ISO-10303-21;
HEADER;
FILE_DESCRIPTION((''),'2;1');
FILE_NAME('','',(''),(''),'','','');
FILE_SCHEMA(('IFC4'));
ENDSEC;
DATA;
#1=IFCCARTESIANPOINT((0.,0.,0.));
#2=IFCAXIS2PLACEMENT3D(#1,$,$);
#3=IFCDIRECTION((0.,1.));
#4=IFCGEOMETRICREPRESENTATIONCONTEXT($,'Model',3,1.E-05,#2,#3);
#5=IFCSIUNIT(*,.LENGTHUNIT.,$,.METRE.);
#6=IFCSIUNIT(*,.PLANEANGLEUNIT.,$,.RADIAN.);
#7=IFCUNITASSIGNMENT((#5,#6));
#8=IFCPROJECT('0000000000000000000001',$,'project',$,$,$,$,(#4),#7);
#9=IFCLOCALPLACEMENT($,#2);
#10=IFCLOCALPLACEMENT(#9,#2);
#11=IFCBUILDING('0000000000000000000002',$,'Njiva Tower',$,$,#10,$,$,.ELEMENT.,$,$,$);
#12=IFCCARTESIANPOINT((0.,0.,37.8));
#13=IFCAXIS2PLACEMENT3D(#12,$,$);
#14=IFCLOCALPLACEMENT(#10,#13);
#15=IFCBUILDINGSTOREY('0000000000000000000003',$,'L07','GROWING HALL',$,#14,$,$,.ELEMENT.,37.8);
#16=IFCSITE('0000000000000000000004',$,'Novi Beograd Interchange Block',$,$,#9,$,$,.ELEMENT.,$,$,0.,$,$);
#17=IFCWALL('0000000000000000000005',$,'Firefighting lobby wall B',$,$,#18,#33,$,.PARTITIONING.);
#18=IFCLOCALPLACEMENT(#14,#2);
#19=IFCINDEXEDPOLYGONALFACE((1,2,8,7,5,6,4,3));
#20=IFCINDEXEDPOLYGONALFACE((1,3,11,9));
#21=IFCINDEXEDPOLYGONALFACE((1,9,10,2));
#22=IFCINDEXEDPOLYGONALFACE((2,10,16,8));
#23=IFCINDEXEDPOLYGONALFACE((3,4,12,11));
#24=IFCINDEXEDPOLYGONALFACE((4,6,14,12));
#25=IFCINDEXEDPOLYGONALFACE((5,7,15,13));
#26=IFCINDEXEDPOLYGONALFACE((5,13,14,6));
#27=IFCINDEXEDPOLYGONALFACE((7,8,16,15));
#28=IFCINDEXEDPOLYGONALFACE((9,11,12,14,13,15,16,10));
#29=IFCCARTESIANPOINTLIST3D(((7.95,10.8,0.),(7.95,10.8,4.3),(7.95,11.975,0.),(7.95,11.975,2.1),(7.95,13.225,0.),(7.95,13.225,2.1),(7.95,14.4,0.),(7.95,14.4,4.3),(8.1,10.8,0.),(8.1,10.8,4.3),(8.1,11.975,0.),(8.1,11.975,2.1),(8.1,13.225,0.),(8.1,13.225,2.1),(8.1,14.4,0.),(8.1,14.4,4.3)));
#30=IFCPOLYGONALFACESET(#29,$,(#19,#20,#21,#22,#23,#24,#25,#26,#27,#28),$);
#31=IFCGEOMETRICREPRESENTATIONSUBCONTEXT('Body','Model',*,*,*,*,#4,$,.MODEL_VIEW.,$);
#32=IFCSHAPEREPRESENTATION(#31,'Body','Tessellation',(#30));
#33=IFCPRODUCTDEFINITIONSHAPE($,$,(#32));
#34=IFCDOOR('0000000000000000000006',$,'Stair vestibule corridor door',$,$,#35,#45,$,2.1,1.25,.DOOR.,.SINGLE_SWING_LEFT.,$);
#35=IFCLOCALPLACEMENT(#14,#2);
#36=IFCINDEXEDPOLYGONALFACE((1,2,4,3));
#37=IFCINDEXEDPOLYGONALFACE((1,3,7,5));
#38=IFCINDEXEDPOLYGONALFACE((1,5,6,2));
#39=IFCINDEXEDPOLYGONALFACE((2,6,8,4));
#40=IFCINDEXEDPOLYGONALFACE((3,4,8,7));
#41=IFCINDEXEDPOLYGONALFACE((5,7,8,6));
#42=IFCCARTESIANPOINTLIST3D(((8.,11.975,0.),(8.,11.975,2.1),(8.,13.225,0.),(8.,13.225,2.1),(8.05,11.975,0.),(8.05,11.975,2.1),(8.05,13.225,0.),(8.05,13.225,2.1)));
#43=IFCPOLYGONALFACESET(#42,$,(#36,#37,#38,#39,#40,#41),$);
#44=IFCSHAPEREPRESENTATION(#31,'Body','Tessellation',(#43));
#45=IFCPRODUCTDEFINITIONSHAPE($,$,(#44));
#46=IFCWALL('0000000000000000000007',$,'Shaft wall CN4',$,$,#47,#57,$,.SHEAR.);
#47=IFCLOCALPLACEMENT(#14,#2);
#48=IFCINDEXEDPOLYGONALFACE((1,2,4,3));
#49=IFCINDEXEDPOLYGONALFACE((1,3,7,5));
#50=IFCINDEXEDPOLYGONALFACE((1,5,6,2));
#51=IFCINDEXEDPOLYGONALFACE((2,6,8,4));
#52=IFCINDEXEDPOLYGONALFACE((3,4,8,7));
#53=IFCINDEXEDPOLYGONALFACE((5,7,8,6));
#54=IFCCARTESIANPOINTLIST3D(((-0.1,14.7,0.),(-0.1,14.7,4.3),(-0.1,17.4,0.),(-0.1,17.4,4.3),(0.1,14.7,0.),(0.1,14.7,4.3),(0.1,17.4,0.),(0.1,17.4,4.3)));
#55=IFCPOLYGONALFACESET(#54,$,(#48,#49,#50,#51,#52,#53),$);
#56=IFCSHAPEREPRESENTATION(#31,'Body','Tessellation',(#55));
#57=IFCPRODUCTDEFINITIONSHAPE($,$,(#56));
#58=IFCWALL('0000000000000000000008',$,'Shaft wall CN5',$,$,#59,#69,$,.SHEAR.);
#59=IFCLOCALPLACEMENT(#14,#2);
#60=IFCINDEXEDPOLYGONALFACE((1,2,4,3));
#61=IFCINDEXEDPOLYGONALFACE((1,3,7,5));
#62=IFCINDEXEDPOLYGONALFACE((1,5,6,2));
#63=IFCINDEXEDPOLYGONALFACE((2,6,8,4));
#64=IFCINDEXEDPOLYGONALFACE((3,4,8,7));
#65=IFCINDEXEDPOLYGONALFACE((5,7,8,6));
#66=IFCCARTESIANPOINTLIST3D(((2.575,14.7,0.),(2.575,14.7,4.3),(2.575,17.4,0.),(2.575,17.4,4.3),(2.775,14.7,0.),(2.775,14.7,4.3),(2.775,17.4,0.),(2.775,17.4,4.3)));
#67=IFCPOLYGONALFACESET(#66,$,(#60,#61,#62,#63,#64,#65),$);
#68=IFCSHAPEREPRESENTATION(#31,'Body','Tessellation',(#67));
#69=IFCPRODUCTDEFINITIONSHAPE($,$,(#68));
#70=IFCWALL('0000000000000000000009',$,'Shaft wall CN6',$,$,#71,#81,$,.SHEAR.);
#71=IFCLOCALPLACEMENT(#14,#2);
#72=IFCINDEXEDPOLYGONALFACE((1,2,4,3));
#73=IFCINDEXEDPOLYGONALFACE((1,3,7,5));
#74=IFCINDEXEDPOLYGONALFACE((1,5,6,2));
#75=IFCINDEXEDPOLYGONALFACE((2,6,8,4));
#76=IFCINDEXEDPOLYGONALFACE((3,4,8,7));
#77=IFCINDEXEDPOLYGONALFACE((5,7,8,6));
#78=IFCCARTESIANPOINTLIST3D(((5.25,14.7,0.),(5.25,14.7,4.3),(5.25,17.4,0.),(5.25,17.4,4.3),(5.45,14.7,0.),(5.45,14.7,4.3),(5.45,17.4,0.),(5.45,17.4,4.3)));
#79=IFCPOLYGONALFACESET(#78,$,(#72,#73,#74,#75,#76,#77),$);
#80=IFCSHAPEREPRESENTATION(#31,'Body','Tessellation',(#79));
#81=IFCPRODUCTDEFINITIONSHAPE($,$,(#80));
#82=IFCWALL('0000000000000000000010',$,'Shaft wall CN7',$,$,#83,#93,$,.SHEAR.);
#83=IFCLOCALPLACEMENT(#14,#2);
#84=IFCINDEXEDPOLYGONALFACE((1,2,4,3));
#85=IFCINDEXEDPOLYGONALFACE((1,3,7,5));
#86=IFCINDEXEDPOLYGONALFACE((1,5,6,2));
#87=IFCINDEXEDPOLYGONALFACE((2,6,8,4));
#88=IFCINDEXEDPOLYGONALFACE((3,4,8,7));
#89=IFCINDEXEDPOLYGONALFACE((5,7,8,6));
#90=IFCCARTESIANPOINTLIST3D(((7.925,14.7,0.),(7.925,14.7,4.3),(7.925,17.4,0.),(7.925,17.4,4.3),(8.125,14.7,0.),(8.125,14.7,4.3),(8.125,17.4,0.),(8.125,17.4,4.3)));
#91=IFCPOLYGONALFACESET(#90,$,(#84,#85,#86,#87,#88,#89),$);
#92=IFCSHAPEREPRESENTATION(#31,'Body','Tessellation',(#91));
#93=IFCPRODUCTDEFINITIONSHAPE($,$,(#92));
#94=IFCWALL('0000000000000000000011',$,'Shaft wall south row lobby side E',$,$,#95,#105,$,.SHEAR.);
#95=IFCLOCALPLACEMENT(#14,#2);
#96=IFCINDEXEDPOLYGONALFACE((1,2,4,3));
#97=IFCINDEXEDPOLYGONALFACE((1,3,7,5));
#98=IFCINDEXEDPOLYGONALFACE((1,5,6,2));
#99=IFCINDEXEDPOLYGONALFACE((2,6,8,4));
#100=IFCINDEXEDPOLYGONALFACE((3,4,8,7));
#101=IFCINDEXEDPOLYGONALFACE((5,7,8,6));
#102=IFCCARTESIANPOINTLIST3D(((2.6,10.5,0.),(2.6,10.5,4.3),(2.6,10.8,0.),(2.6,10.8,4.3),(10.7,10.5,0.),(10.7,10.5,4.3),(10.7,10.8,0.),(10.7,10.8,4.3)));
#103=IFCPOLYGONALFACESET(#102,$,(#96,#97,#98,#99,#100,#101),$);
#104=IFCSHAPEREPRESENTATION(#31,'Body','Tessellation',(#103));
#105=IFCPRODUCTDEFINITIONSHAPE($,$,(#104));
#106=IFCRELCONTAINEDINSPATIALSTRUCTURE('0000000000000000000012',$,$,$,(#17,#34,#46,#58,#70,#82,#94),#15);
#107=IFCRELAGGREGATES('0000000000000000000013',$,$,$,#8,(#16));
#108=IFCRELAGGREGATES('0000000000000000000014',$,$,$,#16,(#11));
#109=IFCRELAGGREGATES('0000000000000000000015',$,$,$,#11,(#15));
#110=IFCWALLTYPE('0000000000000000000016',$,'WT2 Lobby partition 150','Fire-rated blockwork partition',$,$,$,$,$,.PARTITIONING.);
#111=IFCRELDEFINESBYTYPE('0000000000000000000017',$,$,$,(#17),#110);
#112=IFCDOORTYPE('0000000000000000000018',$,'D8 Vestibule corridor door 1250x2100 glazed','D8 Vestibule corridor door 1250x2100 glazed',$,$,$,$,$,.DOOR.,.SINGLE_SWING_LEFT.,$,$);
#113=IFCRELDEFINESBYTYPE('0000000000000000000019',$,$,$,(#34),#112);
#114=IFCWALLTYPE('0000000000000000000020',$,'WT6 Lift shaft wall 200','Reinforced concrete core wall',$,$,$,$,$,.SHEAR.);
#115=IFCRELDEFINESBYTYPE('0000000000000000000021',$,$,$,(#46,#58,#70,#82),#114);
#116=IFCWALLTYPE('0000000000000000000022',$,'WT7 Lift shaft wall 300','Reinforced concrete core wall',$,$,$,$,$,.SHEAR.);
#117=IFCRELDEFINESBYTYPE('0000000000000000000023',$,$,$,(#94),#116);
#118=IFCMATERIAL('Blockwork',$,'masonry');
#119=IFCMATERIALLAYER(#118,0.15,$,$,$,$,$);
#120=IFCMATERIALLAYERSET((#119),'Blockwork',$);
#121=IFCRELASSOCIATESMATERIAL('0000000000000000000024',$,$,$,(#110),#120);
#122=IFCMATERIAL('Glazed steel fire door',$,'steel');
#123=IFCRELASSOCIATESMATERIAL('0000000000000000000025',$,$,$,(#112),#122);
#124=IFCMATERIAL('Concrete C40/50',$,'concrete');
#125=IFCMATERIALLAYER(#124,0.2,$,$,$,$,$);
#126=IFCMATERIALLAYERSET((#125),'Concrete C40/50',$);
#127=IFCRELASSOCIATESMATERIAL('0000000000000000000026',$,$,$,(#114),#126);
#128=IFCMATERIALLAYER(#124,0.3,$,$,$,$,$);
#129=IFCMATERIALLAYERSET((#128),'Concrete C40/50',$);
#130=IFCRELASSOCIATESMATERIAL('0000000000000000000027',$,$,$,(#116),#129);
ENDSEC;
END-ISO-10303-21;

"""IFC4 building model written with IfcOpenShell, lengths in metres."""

from ifc_helpers import new_model, si_unit, direction, frame, frame_2d, origin, place, context, subcontext, project, spatial, rectangle, extrude, material, layer, layer_set, type_object, element, fill, save


model = new_model("IFC4")

# Units and contexts
model_context = context("Model", 3, precision=1e-05, world=origin(), true_north=direction((0.0, 1.0)))
body_context = subcontext(model_context, "Body", "Model", "MODEL_VIEW")
ifc_project = project(units=[si_unit("LENGTHUNIT", "METRE"), si_unit("PLANEANGLEUNIT", "RADIAN")], contexts=[model_context])

# Site, building, storey
site_placement = place(None, origin())
site = spatial("IfcSite", under=ifc_project, at=site_placement, Name="Novi Beograd Interchange Block", CompositionType="ELEMENT", RefElevation=0.0)
building_placement = place(site_placement, origin())
building = spatial("IfcBuilding", under=site, at=building_placement, Name="Njiva Tower", CompositionType="ELEMENT")
storey_placement = place(building_placement, frame((0.0, 0.0, 37.8)))
storey = spatial("IfcBuildingStorey", under=building, at=storey_placement, Name="L07", Description="GROWING HALL", CompositionType="ELEMENT", Elevation=37.8)

# Wall, opening, door
ifc_material_1 = material(Name="Concrete C40/50", Category="concrete")
ifc_material_2 = material(Name="Glazed steel fire door", Category="steel")
ifc_material_3 = material(Name="Blockwork", Category="masonry")
ifc_layer_1 = layer(ifc_material_3, 0.15)
ifc_layer_set_1 = layer_set([ifc_layer_1], Name="Blockwork")
wall_type_1 = type_object("IfcWallType", Name="WT2 Lobby partition 150", Description="Fire-rated blockwork partition", PredefinedType="PARTITIONING", material=ifc_layer_set_1)
wall_1_placement = place(storey_placement, frame((8.025, 10.8, 0.0), z_axis=(0.0, 0.0, 1.0), x_axis=(0.0, 1.0, 0.0)))
wall_1 = element("IfcWall", 1, at=wall_1_placement, inside=storey, type_object=wall_type_1, Name="Firefighting lobby wall B", PredefinedType="PARTITIONING", context=body_context, shape_type="SweptSolid", body=[
    extrude(rectangle(XDim=3.6, YDim=0.15, at=frame_2d((1.8, 0.0))), origin(), (0.0, 0.0, 1.0), 4.3),
])
opening_1_placement = place(wall_1_placement, frame((1.175, 0.0, 0.0)))
opening_1 = element("IfcOpeningElement", 2, at=opening_1_placement, cuts=wall_1, PredefinedType="OPENING", context=body_context, shape_type="SweptSolid", body=[
    extrude(rectangle(XDim=1.25, YDim=2.1, at=frame_2d((0.625, 1.05))), frame((0.0, 0.085, 0.0), z_axis=(0.0, -1.0, 0.0), x_axis=(1.0, 0.0, 0.0)), (0.0, 0.0, 1.0), 0.17),
])
door_type_1 = type_object("IfcDoorType", Name="D8 Vestibule corridor door 1250x2100 glazed", Description="D8 Vestibule corridor door 1250x2100 glazed", OperationType="SINGLE_SWING_LEFT", PredefinedType="DOOR", material=ifc_material_2)
door_1_placement = place(opening_1_placement, origin())
door_1 = element("IfcDoor", 3, at=door_1_placement, inside=storey, type_object=door_type_1, Name="Stair vestibule corridor door", OperationType="SINGLE_SWING_LEFT", OverallHeight=2.1, OverallWidth=1.25, PredefinedType="DOOR", context=body_context, shape_type="SweptSolid", body=[
    extrude(rectangle(XDim=1.25, YDim=2.1, at=frame_2d((0.625, 1.05))), frame((0.0, 0.025, 0.0), z_axis=(0.0, -1.0, 0.0), x_axis=(1.0, 0.0, 0.0)), (0.0, 0.0, 1.0), 0.05),
])
fill(opening_1, door_1)

# Walls
ifc_layer_2 = layer(ifc_material_1, 0.2)
ifc_layer_set_2 = layer_set([ifc_layer_2], Name="Concrete C40/50")
wall_type_2 = type_object("IfcWallType", Name="WT6 Lift shaft wall 200", Description="Reinforced concrete core wall", PredefinedType="SHEAR", material=ifc_layer_set_2)
for number, where, z_axis, x_axis, name in (
    (4, (0.0, 14.7, 0.0), (0.0, 0.0, 1.0), (0.0, 1.0, 0.0), "Shaft wall CN4"),
    (5, (2.675, 14.7, 0.0), (0.0, 0.0, 1.0), (0.0, 1.0, 0.0), "Shaft wall CN5"),
    (6, (5.35, 14.7, 0.0), (0.0, 0.0, 1.0), (0.0, 1.0, 0.0), "Shaft wall CN6"),
    (7, (8.025, 14.7, 0.0), (0.0, 0.0, 1.0), (0.0, 1.0, 0.0), "Shaft wall CN7"),
):
    element("IfcWall", number, at=place(storey_placement, frame(where, z_axis=z_axis, x_axis=x_axis)), inside=storey, type_object=wall_type_2, Name=name, PredefinedType="SHEAR", context=body_context, shape_type="SweptSolid", body=[
        extrude(rectangle(XDim=2.7, YDim=0.2, at=frame_2d((1.35, 0.0))), origin(), (0.0, 0.0, 1.0), 4.3),
    ])
ifc_layer_3 = layer(ifc_material_1, 0.3)
ifc_layer_set_3 = layer_set([ifc_layer_3], Name="Concrete C40/50")
wall_type_3 = type_object("IfcWallType", Name="WT7 Lift shaft wall 300", Description="Reinforced concrete core wall", PredefinedType="SHEAR", material=ifc_layer_set_3)
wall_2_placement = place(storey_placement, frame((2.6, 10.65, 0.0), z_axis=(0.0, 0.0, 1.0), x_axis=(1.0, 0.0, 0.0)))
element("IfcWall", 8, at=wall_2_placement, inside=storey, type_object=wall_type_3, Name="Shaft wall south row lobby side E", PredefinedType="SHEAR", context=body_context, shape_type="SweptSolid", body=[
    extrude(rectangle(XDim=8.1, YDim=0.3, at=frame_2d((4.05, 0.0))), origin(), (0.0, 0.0, 1.0), 4.3),
])

save(model, "model.ifc")
